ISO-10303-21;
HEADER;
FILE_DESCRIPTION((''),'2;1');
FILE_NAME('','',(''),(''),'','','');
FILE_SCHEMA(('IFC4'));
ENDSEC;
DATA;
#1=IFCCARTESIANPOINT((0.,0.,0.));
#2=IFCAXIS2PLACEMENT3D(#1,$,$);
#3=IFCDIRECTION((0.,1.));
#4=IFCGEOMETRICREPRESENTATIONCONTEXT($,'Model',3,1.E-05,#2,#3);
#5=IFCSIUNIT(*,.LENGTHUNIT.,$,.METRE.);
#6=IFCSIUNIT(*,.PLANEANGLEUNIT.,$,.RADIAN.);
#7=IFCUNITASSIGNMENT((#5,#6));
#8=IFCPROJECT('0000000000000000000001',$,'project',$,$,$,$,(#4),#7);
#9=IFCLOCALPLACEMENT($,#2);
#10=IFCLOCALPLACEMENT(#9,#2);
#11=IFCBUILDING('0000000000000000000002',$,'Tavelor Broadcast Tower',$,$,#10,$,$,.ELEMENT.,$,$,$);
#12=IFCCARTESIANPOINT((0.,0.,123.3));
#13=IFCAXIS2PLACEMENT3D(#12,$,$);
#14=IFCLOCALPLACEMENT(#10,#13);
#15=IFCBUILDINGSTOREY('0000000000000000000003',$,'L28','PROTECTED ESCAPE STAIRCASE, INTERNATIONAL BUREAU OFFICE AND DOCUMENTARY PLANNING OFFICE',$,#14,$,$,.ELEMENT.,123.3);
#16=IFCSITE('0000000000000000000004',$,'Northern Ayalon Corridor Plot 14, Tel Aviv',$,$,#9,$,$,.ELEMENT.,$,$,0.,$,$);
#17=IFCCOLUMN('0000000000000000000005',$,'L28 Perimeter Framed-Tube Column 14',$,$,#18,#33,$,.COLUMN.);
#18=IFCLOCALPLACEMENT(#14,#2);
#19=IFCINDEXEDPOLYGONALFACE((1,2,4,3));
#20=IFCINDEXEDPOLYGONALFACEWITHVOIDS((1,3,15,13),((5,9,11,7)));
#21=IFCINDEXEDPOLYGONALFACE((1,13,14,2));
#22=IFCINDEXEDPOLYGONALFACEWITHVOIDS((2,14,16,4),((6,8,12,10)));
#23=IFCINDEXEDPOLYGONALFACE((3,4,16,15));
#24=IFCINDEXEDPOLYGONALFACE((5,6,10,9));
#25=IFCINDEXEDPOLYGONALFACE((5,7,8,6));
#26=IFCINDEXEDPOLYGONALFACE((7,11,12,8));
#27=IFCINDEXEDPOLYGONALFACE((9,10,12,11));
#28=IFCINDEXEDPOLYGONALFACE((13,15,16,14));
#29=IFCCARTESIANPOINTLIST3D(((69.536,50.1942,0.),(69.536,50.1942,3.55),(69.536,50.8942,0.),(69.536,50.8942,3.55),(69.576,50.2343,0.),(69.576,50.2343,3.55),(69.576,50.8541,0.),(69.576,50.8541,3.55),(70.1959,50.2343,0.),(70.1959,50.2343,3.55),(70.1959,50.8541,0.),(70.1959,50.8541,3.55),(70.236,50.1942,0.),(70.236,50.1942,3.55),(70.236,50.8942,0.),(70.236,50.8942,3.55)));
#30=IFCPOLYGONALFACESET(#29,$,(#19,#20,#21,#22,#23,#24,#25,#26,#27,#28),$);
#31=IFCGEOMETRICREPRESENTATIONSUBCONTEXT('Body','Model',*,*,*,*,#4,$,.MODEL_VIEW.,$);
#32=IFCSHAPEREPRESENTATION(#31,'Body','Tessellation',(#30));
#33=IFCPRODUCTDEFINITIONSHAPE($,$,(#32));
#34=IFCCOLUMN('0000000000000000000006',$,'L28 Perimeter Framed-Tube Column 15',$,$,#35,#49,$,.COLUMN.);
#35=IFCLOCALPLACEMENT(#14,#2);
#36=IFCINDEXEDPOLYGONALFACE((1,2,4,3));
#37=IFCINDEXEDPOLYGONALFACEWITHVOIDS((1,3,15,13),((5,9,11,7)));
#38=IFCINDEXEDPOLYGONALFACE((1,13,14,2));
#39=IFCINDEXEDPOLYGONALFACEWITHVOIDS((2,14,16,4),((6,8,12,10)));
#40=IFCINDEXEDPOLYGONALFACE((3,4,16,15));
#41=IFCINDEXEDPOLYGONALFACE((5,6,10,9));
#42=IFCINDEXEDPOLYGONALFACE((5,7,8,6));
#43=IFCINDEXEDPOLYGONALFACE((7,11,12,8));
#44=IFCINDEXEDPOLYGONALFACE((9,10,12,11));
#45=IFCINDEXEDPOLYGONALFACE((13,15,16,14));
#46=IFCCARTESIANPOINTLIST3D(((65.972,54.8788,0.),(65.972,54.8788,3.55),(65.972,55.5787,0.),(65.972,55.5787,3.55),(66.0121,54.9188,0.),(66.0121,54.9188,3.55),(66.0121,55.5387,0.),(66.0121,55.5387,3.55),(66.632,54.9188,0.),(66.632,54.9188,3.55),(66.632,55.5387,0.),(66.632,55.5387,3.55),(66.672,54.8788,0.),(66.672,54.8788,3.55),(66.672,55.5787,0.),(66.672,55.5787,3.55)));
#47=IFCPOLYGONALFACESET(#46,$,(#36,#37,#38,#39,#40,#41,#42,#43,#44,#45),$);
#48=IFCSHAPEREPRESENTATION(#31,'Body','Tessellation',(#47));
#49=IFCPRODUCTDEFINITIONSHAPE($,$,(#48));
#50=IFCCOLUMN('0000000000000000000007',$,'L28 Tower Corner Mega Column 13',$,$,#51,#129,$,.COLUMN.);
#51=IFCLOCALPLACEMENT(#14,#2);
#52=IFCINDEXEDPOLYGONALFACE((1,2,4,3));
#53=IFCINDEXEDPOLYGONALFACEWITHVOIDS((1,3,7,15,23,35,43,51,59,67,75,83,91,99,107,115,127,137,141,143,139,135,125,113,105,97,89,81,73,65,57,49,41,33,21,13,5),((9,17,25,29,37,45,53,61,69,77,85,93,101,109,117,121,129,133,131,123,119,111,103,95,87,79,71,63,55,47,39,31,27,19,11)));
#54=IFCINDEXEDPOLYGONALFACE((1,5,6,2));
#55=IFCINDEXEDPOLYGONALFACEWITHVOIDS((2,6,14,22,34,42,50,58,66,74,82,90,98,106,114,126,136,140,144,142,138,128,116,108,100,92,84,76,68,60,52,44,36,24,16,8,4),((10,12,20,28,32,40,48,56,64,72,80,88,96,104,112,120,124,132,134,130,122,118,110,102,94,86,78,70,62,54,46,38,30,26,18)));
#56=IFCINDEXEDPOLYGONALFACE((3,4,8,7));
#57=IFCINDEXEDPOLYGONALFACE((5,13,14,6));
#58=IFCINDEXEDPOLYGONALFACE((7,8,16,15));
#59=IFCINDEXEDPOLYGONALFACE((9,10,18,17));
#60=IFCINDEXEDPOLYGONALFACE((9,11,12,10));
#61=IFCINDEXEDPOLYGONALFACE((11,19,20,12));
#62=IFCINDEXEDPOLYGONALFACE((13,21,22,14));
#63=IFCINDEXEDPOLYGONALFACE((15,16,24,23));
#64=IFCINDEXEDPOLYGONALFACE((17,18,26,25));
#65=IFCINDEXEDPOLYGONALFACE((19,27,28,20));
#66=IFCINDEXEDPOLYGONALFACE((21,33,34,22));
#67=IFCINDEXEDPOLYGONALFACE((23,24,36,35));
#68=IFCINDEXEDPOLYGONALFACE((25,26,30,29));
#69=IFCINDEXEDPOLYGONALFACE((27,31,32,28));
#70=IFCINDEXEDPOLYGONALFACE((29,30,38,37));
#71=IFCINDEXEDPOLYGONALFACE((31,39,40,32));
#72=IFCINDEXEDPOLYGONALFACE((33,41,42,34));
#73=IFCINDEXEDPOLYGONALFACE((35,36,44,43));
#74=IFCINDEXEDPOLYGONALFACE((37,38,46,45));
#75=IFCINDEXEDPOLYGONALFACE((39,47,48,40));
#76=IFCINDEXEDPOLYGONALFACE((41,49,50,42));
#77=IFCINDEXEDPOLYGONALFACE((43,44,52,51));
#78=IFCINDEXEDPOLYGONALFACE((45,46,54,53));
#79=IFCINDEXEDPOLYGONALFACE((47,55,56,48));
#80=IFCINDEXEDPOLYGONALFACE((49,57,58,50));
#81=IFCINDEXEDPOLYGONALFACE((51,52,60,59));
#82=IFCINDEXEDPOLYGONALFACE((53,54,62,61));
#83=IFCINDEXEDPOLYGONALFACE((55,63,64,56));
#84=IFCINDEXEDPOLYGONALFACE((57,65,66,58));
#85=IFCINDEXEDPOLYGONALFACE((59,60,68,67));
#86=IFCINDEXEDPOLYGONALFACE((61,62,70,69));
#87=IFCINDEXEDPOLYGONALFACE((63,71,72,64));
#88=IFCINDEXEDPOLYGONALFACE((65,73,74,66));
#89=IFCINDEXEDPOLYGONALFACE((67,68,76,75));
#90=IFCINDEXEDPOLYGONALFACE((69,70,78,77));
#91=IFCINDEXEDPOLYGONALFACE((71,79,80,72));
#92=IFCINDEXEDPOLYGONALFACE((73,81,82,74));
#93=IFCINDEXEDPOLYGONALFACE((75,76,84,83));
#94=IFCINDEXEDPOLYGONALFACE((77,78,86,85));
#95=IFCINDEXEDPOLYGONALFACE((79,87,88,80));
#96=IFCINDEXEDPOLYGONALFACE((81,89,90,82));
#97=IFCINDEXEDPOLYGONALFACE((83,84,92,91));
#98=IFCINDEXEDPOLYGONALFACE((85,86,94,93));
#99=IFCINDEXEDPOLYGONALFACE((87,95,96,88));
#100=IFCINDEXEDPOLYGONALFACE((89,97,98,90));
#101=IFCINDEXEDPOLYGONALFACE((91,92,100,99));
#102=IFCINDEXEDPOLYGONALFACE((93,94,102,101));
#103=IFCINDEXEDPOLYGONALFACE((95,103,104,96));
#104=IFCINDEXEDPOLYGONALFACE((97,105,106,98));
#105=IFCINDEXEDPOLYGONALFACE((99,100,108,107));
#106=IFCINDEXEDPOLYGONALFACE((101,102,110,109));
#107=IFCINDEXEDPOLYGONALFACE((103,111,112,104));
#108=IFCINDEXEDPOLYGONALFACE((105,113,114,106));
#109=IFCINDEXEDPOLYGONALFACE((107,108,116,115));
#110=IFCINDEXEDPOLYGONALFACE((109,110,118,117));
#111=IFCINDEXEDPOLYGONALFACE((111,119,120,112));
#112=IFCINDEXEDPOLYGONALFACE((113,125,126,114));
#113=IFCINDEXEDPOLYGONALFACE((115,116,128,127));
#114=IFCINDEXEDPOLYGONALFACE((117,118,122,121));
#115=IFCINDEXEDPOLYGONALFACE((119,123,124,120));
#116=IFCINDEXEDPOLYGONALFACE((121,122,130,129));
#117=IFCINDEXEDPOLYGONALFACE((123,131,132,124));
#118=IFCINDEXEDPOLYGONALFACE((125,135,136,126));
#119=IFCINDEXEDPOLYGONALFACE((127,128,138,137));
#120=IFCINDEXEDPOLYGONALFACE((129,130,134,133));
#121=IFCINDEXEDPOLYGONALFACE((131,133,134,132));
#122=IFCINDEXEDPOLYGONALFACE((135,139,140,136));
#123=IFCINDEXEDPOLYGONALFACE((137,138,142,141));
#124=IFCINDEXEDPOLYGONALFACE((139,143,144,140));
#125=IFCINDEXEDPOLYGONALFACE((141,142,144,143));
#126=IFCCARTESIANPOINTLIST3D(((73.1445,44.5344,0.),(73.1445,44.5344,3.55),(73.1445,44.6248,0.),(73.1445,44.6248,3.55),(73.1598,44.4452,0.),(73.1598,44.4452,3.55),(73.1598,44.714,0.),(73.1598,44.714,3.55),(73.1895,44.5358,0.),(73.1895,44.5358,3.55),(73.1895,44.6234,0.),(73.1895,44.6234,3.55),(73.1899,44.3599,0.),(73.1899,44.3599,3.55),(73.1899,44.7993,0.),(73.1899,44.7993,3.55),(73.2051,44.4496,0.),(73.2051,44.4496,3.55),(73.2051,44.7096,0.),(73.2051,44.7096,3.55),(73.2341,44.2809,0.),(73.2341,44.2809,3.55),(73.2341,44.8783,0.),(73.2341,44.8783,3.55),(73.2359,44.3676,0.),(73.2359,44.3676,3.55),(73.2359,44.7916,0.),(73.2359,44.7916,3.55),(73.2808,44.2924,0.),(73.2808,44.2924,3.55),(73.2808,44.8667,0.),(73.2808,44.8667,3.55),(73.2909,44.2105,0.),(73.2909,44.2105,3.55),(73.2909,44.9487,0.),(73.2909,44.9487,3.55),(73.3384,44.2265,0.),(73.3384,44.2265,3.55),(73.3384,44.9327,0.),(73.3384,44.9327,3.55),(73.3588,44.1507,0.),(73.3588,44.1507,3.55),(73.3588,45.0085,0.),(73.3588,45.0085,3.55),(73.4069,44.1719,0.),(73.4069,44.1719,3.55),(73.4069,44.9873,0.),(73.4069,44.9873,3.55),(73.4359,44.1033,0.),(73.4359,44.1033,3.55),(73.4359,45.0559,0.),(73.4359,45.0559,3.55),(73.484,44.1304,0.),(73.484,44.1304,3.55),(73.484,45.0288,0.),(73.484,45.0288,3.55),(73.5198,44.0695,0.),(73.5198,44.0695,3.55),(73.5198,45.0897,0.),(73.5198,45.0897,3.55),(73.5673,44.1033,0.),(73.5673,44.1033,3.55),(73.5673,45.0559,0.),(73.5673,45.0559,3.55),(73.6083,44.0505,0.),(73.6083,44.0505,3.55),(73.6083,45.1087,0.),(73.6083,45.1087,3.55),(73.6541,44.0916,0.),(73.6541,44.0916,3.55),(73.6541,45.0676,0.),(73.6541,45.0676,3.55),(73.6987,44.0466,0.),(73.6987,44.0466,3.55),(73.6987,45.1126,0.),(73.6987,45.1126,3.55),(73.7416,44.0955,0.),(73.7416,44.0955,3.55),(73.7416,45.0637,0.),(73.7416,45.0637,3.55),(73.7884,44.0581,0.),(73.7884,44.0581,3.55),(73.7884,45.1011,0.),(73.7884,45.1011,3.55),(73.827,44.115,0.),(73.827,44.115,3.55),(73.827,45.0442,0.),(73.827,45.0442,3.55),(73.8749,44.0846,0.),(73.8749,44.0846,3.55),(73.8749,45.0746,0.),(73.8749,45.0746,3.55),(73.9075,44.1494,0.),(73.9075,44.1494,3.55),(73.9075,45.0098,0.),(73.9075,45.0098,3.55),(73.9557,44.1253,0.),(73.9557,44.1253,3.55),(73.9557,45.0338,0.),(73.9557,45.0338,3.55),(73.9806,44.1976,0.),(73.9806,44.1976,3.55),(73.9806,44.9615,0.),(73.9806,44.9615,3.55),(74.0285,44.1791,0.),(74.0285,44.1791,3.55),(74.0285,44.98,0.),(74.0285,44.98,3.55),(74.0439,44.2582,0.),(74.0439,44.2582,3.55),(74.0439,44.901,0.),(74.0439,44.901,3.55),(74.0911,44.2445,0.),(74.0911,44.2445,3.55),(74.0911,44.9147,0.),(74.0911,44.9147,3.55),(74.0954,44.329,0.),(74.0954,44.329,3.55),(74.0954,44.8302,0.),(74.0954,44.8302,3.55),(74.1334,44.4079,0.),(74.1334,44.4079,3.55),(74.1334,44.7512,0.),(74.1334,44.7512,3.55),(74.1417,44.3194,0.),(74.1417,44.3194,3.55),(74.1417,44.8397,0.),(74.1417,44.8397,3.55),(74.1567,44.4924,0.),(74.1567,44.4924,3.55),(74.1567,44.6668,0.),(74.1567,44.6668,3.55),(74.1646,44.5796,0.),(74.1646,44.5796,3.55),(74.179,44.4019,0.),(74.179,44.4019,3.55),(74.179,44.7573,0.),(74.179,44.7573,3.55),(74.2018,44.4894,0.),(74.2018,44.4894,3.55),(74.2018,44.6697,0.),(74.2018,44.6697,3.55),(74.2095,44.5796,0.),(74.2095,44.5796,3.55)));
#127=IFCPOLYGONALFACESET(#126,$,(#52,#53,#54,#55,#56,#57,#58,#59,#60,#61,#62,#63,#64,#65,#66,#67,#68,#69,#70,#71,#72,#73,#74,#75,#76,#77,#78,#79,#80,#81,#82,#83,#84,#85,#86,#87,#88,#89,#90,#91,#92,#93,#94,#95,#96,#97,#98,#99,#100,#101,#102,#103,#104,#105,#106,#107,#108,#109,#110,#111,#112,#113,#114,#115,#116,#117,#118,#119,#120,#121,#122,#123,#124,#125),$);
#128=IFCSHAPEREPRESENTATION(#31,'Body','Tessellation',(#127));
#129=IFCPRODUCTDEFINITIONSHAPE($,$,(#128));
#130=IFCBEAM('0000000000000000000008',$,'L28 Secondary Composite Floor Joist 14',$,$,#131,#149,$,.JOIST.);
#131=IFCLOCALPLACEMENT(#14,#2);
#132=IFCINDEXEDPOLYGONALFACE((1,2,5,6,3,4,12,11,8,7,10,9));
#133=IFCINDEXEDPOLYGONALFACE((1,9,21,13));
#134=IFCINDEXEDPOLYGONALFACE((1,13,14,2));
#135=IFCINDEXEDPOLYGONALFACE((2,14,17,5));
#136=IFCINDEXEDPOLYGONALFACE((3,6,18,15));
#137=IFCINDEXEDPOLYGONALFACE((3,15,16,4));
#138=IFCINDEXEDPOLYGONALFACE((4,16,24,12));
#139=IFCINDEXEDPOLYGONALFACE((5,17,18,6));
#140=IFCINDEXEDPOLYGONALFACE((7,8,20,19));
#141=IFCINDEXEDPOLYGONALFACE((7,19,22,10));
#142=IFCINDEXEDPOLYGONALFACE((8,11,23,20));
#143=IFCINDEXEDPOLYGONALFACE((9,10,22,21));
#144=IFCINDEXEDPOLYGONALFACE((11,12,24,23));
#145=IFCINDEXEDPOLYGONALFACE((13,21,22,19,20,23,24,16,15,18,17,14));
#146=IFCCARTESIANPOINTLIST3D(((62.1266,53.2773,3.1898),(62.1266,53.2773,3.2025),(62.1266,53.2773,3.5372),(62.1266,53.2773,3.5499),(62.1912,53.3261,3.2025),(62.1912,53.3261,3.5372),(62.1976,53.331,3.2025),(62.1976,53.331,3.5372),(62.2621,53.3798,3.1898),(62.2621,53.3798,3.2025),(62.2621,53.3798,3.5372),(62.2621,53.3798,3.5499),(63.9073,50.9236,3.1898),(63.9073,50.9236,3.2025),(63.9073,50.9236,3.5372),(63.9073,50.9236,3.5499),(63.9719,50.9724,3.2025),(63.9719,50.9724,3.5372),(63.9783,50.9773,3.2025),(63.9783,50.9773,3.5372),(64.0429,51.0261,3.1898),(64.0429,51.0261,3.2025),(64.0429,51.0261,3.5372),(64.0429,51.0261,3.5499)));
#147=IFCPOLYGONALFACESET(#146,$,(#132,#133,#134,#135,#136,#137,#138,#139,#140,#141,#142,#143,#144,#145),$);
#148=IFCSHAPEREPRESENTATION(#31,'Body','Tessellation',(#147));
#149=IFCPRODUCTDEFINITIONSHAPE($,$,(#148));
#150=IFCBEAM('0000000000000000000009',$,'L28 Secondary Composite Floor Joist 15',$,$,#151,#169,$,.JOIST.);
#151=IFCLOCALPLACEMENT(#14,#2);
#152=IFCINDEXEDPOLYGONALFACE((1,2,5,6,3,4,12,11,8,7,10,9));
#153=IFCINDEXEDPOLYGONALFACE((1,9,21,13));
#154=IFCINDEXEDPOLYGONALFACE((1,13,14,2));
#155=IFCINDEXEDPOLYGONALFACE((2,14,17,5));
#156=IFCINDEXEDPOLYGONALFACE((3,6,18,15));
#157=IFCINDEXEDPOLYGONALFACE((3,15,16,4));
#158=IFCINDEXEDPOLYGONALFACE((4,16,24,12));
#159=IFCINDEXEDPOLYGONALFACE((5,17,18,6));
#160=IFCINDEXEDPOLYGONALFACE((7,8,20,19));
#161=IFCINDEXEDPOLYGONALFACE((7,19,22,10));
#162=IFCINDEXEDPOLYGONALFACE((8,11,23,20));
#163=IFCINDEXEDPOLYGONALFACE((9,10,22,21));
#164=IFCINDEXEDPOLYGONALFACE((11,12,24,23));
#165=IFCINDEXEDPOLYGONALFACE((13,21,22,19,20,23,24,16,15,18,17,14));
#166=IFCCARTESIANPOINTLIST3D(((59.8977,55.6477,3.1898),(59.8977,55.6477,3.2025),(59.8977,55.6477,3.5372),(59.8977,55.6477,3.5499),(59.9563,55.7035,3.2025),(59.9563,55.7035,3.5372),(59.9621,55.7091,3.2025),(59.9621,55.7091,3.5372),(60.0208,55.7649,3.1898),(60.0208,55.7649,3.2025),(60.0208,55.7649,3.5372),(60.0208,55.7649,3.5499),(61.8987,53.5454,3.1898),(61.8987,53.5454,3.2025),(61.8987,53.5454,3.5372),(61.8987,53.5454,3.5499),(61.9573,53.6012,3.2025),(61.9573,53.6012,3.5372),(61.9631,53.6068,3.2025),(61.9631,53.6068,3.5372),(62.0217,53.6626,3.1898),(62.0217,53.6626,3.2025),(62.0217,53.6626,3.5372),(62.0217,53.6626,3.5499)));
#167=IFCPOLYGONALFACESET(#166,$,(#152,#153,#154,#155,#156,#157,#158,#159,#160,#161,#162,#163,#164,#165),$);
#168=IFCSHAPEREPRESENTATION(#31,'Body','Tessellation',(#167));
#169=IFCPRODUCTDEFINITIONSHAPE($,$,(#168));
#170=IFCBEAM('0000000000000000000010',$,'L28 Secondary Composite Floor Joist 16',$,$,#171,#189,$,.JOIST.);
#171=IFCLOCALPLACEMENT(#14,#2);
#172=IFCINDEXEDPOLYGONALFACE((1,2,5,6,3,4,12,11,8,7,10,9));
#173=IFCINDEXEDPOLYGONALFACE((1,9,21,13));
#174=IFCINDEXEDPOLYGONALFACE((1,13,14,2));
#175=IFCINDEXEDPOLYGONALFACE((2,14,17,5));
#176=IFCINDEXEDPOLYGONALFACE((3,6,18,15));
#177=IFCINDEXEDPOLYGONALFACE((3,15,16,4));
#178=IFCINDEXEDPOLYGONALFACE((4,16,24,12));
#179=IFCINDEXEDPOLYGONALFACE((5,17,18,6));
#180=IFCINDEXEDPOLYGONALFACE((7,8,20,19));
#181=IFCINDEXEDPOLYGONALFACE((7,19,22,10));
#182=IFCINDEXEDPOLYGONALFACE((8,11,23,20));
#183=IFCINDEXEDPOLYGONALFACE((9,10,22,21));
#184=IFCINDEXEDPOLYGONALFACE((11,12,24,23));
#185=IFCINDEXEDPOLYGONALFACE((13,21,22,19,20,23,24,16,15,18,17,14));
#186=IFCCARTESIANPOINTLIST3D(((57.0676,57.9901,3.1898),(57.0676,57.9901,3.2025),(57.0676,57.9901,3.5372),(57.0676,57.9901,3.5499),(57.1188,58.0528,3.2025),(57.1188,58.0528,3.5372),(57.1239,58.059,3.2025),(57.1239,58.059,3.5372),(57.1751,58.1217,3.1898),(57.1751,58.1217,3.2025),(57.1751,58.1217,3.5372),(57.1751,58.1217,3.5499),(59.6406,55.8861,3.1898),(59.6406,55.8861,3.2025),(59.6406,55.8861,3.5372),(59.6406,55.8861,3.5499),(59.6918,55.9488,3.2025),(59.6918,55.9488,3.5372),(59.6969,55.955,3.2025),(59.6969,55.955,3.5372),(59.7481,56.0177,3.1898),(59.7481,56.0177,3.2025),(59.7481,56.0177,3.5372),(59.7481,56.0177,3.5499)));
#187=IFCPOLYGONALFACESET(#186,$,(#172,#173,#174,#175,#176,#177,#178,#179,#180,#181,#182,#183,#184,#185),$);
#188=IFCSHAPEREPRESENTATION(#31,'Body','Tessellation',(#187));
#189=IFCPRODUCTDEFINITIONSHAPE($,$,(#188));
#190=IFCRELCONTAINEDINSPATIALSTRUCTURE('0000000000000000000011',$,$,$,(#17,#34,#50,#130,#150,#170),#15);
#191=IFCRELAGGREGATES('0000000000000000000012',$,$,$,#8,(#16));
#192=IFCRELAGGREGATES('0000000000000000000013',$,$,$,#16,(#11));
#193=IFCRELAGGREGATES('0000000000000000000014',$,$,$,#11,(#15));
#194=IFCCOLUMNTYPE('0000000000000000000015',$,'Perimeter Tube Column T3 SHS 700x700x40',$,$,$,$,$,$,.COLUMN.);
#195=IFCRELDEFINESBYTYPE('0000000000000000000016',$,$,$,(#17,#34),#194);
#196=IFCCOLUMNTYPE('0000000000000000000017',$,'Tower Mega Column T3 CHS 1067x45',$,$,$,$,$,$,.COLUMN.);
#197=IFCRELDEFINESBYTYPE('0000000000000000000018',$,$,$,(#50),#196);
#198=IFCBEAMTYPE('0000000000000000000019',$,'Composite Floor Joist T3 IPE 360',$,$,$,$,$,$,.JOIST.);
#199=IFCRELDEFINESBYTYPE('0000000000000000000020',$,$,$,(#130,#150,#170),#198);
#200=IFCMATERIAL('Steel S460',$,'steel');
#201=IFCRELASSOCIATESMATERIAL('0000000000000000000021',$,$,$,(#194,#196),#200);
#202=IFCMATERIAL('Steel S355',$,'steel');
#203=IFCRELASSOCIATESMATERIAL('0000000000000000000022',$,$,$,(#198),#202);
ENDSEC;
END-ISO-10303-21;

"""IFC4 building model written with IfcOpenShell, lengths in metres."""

from ifc_helpers import new_model, si_unit, direction, frame, origin, origin_2d, place, context, subcontext, project, spatial, hollow_rectangle, hollow_circle, i_section, extrude, material, material_profile, profile_set, type_object, element, save


model = new_model("IFC4")

# Units and contexts
model_context = context("Model", 3, precision=1e-05, world=origin(), true_north=direction((0.0, 1.0)))
body_context = subcontext(model_context, "Body", "Model", "MODEL_VIEW")
ifc_project = project(units=[si_unit("LENGTHUNIT", "METRE"), si_unit("PLANEANGLEUNIT", "RADIAN")], contexts=[model_context])

# Site, building, storey
site_placement = place(None, origin())
site = spatial("IfcSite", under=ifc_project, at=site_placement, Name="Northern Ayalon Corridor Plot 14, Tel Aviv", CompositionType="ELEMENT", RefElevation=0.0)
building_placement = place(site_placement, origin())
building = spatial("IfcBuilding", under=site, at=building_placement, Name="Tavelor Broadcast Tower", CompositionType="ELEMENT")
storey_placement = place(building_placement, frame((0.0, 0.0, 123.3)))
storey = spatial("IfcBuildingStorey", under=building, at=storey_placement, Name="L28", Description="PROTECTED ESCAPE STAIRCASE, INTERNATIONAL BUREAU OFFICE AND DOCUMENTARY PLANNING OFFICE", CompositionType="ELEMENT", Elevation=123.3)

# Columns
ifc_material_1 = material(Name="Steel S460", Category="steel")
ifc_material_profile_1 = material_profile(ifc_material_1, hollow_rectangle(XDim=0.7, YDim=0.7, WallThickness=0.04, at=origin_2d()), Name="SHS 700x700x40")
ifc_profile_set_1 = profile_set([ifc_material_profile_1], Name="Steel S460")
column_type_1 = type_object("IfcColumnType", Name="Perimeter Tube Column T3 SHS 700x700x40", PredefinedType="COLUMN", material=ifc_profile_set_1)
for number, where, z_axis, x_axis, name in (
    (1, (69.886, 50.5442, 0.0), (0.0, 0.0, 1.0), (1.0, 0.0, 0.0), "L28 Perimeter Framed-Tube Column 14"),
    (2, (66.322, 55.2288, 0.0), (0.0, 0.0, 1.0), (1.0, 0.0, 0.0), "L28 Perimeter Framed-Tube Column 15"),
):
    element("IfcColumn", number, at=place(storey_placement, frame(where, z_axis=z_axis, x_axis=x_axis)), inside=storey, type_object=column_type_1, Name=name, PredefinedType="COLUMN", context=body_context, shape_type="SweptSolid", body=[
        extrude(hollow_rectangle(XDim=0.7, YDim=0.7, WallThickness=0.04, at=origin_2d()), origin(), (0.0, 0.0, 1.0), 3.55),
    ])
ifc_material_profile_2 = material_profile(ifc_material_1, hollow_circle(Radius=0.5334, WallThickness=0.0449, at=origin_2d()), Name="CHS 1067x45")
ifc_profile_set_2 = profile_set([ifc_material_profile_2], Name="Steel S460")
column_type_2 = type_object("IfcColumnType", Name="Tower Mega Column T3 CHS 1067x45", PredefinedType="COLUMN", material=ifc_profile_set_2)
column_placement = place(storey_placement, frame((73.676, 44.5796, 0.0), z_axis=(0.0, 0.0, 1.0), x_axis=(1.0, 0.0, 0.0)))
element("IfcColumn", 3, at=column_placement, inside=storey, type_object=column_type_2, Name="L28 Tower Corner Mega Column 13", PredefinedType="COLUMN", context=body_context, shape_type="SweptSolid", body=[
    extrude(hollow_circle(Radius=0.5334, WallThickness=0.0449, at=origin_2d()), origin(), (0.0, 0.0, 1.0), 3.55),
])

# Beams
ifc_material_2 = material(Name="Steel S355", Category="steel")
ifc_material_profile_3 = material_profile(ifc_material_2, i_section(OverallWidth=0.1699, OverallDepth=0.3601, WebThickness=0.0081, FlangeThickness=0.0127, at=origin_2d()), Name="IPE 360")
ifc_profile_set_3 = profile_set([ifc_material_profile_3], Name="Steel S355")
beam_type_1 = type_object("IfcBeamType", Name="Composite Floor Joist T3 IPE 360", PredefinedType="JOIST", material=ifc_profile_set_3)
beam_1_placement = place(storey_placement, frame((63.9751, 50.9749, 3.3699), z_axis=(-0.603343, 0.797482, 0.0), x_axis=(-0.797482, -0.603343, 0.0)))
element("IfcBeam", 4, at=beam_1_placement, inside=storey, type_object=beam_type_1, Name="L28 Secondary Composite Floor Joist 14", PredefinedType="JOIST", context=body_context, shape_type="SweptSolid", body=[
    extrude(i_section(OverallWidth=0.1699, OverallDepth=0.3601, WebThickness=0.0081, FlangeThickness=0.0127, at=origin_2d()), origin(), (0.0, 0.0, 1.0), 2.9514),
])
beam_2_placement = place(storey_placement, frame((61.9602, 53.604, 3.3699), z_axis=(-0.689437, 0.724346, 0.0), x_axis=(-0.724346, -0.689437, 0.0)))
element("IfcBeam", 5, at=beam_2_placement, inside=storey, type_object=beam_type_1, Name="L28 Secondary Composite Floor Joist 15", PredefinedType="JOIST", context=body_context, shape_type="SweptSolid", body=[
    extrude(i_section(OverallWidth=0.1699, OverallDepth=0.3601, WebThickness=0.0081, FlangeThickness=0.0127, at=origin_2d()), origin(), (0.0, 0.0, 1.0), 2.9023),
])
beam_3_placement = place(storey_placement, frame((59.6943, 55.9519, 3.3699), z_axis=(-0.774131, 0.633026, 0.0), x_axis=(-0.633026, -0.774131, 0.0)))
element("IfcBeam", 6, at=beam_3_placement, inside=storey, type_object=beam_type_1, Name="L28 Secondary Composite Floor Joist 16", PredefinedType="JOIST", context=body_context, shape_type="SweptSolid", body=[
    extrude(i_section(OverallWidth=0.1699, OverallDepth=0.3601, WebThickness=0.0081, FlangeThickness=0.0127, at=origin_2d()), origin(), (0.0, 0.0, 1.0), 3.3237),
])

save(model, "model.ifc")
